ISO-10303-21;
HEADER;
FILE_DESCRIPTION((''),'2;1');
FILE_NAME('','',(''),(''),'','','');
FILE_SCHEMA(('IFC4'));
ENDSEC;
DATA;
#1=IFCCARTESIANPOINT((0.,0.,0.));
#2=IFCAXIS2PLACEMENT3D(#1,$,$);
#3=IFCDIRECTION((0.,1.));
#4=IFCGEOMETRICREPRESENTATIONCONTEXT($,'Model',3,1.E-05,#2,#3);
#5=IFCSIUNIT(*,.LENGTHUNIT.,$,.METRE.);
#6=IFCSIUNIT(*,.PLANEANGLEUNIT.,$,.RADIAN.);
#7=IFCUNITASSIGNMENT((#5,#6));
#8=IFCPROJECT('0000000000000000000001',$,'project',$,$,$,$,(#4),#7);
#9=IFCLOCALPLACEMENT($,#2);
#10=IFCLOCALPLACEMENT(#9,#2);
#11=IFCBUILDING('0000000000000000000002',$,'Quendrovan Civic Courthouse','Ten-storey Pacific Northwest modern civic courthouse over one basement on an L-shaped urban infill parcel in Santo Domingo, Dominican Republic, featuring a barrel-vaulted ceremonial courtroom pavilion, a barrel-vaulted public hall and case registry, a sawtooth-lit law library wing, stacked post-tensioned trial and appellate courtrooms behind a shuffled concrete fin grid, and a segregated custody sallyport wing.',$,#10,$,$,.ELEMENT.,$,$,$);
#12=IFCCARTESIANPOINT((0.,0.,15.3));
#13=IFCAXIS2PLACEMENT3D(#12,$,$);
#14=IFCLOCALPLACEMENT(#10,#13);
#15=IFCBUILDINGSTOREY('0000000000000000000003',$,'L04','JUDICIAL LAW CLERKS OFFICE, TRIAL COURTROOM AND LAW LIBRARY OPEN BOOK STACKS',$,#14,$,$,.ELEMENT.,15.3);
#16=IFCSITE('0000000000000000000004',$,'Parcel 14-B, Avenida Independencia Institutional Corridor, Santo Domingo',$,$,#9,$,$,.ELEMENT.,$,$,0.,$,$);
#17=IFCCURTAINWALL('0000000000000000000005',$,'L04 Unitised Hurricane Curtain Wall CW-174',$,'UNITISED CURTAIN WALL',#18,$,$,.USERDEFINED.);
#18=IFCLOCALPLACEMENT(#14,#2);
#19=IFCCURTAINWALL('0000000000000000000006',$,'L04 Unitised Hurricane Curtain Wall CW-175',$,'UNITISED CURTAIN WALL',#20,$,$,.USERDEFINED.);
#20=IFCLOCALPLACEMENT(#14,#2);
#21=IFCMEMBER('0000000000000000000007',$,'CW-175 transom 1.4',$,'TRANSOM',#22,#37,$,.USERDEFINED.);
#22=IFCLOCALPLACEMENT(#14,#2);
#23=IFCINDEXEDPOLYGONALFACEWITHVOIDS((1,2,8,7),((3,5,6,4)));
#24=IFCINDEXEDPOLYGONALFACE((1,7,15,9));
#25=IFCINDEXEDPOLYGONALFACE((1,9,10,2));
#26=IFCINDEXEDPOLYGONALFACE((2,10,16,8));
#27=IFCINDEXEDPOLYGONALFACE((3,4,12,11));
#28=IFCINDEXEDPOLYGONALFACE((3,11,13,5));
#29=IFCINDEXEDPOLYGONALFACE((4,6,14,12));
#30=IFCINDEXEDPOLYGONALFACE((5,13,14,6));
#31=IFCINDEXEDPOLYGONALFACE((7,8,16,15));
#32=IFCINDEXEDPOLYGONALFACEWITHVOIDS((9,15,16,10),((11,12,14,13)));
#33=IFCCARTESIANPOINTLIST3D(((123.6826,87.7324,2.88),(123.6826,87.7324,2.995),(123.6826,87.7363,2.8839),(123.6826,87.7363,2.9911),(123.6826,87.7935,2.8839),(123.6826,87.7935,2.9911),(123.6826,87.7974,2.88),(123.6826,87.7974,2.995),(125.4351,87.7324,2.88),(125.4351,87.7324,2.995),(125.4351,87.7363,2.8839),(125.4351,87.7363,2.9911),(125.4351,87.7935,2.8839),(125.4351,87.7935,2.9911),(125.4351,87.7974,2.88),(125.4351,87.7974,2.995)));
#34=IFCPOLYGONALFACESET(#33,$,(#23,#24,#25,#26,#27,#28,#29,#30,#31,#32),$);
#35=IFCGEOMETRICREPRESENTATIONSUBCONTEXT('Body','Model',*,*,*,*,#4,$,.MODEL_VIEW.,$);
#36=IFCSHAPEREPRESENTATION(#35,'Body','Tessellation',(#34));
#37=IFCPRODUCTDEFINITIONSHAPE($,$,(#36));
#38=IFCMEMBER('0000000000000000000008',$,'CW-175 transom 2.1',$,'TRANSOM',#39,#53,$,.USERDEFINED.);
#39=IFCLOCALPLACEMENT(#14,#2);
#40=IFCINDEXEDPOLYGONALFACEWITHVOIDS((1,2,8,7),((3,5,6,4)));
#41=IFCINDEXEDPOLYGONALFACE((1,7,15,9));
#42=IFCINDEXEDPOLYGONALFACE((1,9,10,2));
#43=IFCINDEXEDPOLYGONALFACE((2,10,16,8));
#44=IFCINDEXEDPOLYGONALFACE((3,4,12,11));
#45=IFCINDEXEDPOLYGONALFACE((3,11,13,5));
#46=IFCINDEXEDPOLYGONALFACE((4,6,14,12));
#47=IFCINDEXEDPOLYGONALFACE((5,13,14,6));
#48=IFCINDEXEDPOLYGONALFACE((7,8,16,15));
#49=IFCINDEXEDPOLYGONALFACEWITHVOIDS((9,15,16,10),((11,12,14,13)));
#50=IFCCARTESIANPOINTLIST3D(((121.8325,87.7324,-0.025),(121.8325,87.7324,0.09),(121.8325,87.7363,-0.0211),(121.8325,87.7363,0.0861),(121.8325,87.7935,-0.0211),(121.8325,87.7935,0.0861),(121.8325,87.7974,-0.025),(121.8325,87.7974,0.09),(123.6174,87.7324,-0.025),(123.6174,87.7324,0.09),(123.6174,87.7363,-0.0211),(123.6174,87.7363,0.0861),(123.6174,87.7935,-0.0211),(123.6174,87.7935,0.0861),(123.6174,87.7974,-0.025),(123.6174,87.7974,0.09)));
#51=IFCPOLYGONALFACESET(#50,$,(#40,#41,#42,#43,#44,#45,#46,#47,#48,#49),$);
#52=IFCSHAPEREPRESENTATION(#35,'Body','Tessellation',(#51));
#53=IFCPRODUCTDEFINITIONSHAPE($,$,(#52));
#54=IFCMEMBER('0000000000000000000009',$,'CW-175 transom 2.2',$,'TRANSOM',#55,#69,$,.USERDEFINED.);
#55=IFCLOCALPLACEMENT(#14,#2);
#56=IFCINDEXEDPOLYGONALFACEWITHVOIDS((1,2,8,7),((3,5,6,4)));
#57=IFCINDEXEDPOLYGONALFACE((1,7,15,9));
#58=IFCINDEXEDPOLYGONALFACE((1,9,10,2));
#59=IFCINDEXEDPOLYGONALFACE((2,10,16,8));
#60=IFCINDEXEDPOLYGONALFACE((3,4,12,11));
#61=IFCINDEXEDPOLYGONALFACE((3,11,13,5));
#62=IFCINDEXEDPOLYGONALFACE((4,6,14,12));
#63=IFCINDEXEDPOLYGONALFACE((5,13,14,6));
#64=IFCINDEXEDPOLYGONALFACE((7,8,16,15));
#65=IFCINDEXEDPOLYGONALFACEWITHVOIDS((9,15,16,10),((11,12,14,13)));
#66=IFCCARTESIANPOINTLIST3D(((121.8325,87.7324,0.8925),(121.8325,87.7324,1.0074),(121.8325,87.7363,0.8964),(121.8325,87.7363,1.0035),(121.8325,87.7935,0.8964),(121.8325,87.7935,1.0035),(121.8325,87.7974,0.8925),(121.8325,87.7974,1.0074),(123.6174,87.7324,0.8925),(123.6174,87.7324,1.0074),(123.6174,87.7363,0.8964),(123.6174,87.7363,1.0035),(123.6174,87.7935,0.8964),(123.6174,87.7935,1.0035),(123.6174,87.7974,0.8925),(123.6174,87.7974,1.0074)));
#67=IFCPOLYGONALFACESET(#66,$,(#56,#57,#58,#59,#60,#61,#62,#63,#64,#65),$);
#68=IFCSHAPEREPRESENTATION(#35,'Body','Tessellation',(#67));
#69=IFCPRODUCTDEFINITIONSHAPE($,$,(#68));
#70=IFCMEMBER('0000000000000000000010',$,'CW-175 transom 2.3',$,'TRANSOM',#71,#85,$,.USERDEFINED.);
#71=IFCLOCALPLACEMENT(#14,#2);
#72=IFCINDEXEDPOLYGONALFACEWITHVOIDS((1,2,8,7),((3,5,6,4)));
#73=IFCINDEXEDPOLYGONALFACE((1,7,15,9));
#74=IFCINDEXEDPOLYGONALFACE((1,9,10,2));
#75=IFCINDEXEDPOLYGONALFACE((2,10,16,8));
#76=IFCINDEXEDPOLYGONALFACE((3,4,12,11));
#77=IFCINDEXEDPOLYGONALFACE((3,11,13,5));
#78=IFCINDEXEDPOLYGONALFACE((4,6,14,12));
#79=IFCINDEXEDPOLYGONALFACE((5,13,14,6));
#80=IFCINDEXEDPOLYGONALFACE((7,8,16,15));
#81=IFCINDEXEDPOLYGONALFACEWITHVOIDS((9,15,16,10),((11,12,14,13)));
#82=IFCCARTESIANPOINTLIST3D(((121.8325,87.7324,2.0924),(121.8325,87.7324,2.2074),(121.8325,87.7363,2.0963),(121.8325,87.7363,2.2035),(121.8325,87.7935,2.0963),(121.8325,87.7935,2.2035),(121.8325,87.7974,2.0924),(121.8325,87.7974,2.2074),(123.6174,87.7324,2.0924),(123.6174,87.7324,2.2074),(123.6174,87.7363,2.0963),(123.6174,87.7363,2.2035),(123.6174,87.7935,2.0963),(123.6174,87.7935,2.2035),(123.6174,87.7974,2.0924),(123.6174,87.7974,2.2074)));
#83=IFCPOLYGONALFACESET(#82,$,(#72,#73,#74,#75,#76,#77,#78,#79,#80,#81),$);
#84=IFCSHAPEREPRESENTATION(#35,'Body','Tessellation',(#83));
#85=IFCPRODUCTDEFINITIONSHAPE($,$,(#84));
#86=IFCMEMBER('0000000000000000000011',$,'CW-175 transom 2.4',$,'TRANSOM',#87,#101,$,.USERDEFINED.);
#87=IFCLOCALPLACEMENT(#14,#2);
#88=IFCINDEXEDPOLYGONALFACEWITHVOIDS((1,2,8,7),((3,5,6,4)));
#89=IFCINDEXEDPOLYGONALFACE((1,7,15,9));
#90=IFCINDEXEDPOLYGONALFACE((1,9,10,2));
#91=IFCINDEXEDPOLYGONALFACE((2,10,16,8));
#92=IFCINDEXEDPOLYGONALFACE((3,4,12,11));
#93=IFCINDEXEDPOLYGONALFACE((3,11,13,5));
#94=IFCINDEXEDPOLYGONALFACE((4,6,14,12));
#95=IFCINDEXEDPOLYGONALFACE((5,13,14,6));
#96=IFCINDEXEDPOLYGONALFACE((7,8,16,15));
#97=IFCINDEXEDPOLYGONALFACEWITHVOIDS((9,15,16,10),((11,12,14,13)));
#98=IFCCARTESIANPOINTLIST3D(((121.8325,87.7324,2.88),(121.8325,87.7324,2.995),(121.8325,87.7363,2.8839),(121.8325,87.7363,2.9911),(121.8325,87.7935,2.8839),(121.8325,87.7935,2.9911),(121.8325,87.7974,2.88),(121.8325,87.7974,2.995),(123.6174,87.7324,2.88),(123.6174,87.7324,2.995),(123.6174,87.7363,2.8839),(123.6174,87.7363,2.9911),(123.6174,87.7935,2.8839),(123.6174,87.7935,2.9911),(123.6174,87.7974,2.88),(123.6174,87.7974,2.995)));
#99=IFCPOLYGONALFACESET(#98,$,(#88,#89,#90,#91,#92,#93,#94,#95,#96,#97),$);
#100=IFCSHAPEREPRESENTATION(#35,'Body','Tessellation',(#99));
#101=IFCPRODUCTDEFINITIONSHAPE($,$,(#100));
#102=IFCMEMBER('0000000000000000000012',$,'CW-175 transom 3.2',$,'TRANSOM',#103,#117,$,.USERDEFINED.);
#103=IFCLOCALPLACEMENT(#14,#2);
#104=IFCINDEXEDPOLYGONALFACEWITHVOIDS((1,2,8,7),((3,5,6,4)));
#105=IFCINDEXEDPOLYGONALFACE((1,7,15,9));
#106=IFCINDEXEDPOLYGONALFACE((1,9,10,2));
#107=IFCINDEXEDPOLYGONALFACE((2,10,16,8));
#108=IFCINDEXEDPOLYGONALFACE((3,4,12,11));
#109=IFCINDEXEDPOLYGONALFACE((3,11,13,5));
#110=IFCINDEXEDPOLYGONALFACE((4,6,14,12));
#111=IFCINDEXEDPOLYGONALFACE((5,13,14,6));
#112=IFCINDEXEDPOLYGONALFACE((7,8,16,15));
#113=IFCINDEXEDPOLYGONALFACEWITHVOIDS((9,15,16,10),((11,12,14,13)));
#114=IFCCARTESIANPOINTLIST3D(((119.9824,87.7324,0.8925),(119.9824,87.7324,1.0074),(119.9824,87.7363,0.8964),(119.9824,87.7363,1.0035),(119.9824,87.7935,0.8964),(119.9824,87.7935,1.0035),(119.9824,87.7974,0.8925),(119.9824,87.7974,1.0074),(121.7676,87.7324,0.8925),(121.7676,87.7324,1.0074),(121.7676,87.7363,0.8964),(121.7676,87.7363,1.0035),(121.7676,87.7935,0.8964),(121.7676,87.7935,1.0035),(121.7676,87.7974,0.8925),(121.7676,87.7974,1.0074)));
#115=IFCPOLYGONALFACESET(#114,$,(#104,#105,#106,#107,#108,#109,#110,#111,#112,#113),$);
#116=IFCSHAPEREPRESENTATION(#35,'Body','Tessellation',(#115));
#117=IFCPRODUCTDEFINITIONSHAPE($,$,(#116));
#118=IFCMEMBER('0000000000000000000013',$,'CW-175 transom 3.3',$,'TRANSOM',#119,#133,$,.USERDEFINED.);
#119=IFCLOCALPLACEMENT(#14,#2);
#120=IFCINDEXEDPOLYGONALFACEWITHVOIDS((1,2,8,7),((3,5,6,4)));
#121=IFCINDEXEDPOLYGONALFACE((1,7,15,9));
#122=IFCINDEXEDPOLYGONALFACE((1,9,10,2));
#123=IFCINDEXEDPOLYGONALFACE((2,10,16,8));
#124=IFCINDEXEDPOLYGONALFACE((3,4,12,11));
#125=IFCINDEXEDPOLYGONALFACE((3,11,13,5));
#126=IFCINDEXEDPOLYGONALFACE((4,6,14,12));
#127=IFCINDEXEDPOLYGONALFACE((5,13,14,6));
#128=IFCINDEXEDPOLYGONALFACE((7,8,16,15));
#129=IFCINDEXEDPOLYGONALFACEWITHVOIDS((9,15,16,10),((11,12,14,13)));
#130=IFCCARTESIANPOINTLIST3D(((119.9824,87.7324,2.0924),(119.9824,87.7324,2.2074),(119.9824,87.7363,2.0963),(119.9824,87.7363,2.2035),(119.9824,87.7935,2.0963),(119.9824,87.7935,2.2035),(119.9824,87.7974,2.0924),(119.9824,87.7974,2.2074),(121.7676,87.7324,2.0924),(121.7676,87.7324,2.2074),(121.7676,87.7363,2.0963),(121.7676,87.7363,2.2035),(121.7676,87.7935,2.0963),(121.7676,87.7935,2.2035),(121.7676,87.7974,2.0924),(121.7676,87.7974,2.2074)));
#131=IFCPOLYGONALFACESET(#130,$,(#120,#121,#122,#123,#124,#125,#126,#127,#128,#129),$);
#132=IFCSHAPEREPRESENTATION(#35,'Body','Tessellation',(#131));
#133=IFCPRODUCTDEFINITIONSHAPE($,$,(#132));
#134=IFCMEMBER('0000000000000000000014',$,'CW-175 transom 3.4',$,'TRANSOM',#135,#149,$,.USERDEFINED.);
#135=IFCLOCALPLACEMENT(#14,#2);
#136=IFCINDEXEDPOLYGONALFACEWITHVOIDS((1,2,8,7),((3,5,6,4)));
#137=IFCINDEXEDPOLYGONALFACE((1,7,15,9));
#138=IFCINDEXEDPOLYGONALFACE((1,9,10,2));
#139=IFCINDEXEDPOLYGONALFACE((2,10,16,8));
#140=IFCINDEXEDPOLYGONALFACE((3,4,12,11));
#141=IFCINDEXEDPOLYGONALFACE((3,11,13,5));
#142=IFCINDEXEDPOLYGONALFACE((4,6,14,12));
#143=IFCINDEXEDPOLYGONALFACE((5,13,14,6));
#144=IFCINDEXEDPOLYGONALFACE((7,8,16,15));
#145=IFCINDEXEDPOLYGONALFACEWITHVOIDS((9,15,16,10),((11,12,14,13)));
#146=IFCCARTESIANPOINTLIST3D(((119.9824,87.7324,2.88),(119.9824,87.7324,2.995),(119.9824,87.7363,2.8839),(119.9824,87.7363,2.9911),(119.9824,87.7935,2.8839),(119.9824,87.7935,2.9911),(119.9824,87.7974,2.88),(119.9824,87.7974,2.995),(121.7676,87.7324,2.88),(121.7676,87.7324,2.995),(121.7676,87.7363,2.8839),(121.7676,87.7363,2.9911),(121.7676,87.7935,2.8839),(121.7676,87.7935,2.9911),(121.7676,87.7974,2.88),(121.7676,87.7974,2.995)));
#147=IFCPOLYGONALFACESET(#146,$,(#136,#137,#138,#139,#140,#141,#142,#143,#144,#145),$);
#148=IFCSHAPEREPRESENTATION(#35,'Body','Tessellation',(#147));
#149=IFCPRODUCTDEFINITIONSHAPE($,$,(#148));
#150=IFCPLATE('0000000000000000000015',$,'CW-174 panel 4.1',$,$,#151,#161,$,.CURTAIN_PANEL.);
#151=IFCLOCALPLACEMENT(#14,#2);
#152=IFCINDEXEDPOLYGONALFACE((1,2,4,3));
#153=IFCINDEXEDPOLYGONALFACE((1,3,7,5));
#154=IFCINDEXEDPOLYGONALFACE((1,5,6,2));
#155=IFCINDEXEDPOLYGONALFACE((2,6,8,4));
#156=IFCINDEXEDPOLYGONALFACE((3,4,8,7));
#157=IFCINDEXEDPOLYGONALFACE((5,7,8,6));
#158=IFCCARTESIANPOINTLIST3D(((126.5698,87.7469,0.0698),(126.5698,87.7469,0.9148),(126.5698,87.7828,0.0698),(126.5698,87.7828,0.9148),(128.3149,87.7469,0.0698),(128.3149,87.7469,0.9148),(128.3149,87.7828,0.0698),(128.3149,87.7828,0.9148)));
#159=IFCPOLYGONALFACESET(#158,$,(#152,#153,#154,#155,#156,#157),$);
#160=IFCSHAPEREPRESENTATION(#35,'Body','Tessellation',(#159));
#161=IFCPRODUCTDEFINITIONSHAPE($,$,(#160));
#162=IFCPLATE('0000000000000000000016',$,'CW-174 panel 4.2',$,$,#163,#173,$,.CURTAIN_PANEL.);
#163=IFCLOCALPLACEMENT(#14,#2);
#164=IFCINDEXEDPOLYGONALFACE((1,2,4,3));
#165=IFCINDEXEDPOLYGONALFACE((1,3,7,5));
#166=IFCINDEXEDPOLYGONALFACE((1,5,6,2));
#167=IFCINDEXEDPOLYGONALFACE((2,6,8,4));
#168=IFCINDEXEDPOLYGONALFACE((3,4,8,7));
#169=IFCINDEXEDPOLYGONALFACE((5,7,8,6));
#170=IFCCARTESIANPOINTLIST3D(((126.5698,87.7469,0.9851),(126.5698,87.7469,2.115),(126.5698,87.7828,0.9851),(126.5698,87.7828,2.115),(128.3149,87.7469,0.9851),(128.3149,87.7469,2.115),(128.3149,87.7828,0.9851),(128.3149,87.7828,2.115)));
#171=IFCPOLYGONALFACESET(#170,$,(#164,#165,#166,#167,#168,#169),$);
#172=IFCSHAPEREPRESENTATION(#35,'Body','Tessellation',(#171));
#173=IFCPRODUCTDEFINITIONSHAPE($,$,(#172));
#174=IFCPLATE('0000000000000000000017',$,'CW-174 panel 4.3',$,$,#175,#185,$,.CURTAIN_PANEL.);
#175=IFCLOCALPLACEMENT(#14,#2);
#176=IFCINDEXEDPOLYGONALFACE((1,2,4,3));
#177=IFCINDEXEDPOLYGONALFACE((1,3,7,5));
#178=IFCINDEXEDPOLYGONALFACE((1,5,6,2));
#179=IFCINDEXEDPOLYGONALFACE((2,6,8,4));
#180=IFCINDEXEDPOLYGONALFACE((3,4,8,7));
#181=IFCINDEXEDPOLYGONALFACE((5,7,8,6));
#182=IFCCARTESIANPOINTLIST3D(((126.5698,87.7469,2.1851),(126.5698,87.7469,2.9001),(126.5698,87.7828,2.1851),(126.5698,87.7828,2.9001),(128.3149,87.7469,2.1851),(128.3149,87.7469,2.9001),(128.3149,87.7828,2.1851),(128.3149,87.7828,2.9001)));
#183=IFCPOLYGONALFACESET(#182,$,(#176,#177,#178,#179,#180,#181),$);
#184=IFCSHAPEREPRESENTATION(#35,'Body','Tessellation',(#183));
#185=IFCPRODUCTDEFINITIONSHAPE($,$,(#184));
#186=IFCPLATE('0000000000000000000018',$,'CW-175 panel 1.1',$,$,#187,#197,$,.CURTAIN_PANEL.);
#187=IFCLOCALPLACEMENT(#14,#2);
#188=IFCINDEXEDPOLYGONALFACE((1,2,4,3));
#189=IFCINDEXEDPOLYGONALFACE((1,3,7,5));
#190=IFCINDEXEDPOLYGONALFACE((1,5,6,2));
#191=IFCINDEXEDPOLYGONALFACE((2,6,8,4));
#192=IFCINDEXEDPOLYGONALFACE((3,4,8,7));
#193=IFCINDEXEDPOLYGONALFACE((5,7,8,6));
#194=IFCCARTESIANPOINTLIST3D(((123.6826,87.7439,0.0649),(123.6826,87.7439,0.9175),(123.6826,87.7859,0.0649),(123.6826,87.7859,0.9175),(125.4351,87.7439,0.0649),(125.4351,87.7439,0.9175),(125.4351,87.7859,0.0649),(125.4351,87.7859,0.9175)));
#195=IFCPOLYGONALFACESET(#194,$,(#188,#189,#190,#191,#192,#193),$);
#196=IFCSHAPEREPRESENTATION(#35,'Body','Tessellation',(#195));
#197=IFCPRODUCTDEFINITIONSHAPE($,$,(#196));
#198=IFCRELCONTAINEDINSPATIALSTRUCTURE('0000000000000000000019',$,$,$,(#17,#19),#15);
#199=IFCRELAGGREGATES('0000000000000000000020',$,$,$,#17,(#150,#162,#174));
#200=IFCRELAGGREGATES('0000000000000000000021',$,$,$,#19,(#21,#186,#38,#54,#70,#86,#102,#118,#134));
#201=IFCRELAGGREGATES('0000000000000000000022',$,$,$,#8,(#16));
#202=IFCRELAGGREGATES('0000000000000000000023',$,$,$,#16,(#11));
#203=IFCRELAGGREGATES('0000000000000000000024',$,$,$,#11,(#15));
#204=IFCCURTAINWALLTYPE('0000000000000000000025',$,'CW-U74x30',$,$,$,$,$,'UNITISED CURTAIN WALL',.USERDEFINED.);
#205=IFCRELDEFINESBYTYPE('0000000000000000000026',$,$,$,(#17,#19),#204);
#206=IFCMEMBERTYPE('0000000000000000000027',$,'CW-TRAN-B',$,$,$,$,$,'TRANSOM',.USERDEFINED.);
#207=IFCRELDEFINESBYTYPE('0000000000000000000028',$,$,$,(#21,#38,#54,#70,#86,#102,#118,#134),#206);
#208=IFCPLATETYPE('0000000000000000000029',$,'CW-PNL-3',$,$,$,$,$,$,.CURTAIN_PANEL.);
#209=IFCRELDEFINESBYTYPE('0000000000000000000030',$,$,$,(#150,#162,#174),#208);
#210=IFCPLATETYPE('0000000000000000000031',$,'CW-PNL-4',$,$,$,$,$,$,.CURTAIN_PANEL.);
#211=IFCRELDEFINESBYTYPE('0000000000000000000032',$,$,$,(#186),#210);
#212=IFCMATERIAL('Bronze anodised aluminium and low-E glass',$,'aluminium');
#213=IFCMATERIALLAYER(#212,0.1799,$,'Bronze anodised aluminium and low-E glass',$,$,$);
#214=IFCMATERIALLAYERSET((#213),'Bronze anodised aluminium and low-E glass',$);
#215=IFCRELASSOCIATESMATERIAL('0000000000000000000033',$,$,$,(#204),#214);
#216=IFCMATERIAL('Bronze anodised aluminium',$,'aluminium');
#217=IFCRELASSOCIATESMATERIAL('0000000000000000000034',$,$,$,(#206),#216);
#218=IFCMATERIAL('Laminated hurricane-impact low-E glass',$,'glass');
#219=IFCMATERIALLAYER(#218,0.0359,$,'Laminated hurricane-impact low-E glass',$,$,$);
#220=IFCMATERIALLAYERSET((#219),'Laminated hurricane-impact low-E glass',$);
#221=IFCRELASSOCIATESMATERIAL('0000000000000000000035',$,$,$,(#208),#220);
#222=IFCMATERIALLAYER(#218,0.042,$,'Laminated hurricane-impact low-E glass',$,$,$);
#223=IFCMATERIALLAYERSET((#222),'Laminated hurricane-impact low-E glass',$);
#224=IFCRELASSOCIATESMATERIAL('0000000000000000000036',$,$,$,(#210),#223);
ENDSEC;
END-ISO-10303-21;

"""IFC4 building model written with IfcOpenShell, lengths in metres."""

from ifc_helpers import new_model, si_unit, direction, frame, origin, origin_2d, place, context, subcontext, project, spatial, rectangle, hollow_rectangle, extrude, material, layer, layer_set, material_profile, profile_set, type_object, element, aggregate, save


model = new_model("IFC4")

# Units and contexts
model_context = context("Model", 3, precision=1e-05, world=origin(), true_north=direction((0.0, 1.0)))
body_context = subcontext(model_context, "Body", "Model", "MODEL_VIEW")
ifc_project = project(units=[si_unit("LENGTHUNIT", "METRE"), si_unit("PLANEANGLEUNIT", "RADIAN")], contexts=[model_context])

# Site, building, storey
site_placement = place(None, origin())
site = spatial("IfcSite", under=ifc_project, at=site_placement, Name="Parcel 14-B, Avenida Independencia Institutional Corridor, Santo Domingo", CompositionType="ELEMENT", RefElevation=0.0)
building_placement = place(site_placement, origin())
building = spatial("IfcBuilding", under=site, at=building_placement, Name="Quendrovan Civic Courthouse", Description="Ten-storey Pacific Northwest modern civic courthouse over one basement on an L-shaped urban infill parcel in Santo Domingo, Dominican Republic, featuring a barrel-vaulted ceremonial courtroom pavilion, a barrel-vaulted public hall and case registry, a sawtooth-lit law library wing, stacked post-tensioned trial and appellate courtrooms behind a shuffled concrete fin grid, and a segregated custody sallyport wing.", CompositionType="ELEMENT")
storey_placement = place(building_placement, frame((0.0, 0.0, 15.3)))
storey = spatial("IfcBuildingStorey", under=building, at=storey_placement, Name="L04", Description="JUDICIAL LAW CLERKS OFFICE, TRIAL COURTROOM AND LAW LIBRARY OPEN BOOK STACKS", CompositionType="ELEMENT", Elevation=15.3)

# Curtain wall
ifc_material_1 = material(Name="Bronze anodised aluminium and low-E glass", Category="aluminium")
ifc_layer_1 = layer(ifc_material_1, 0.1799, Name="Bronze anodised aluminium and low-E glass")
ifc_layer_set_1 = layer_set([ifc_layer_1], Name="Bronze anodised aluminium and low-E glass")
curtain_wall_type = type_object("IfcCurtainWallType", Name="CW-U74x30", ElementType="UNITISED CURTAIN WALL", PredefinedType="USERDEFINED", material=ifc_layer_set_1)
curtain_wall_1_placement = place(storey_placement, origin())
curtain_wall_1 = element("IfcCurtainWall", 1, at=curtain_wall_1_placement, inside=storey, type_object=curtain_wall_type, Name="L04 Unitised Hurricane Curtain Wall CW-174", ObjectType="UNITISED CURTAIN WALL", PredefinedType="USERDEFINED")
ifc_material_2 = material(Name="Bronze anodised aluminium", Category="aluminium")

# Curtain wall, members
curtain_wall_2_placement = place(storey_placement, origin())
curtain_wall_2 = element("IfcCurtainWall", 2, at=curtain_wall_2_placement, inside=storey, type_object=curtain_wall_type, Name="L04 Unitised Hurricane Curtain Wall CW-175", ObjectType="UNITISED CURTAIN WALL", PredefinedType="USERDEFINED")
ifc_material_profile_1 = material_profile(ifc_material_2, hollow_rectangle(XDim=0.0649, YDim=0.115, WallThickness=0.0039, at=origin_2d()), Name="CW-TRAN-65x115")
ifc_profile_set_1 = profile_set([ifc_material_profile_1], Name="Bronze anodised aluminium")
member_type_1 = type_object("IfcMemberType", Name="CW-TRAN-B", ElementType="TRANSOM", PredefinedType="USERDEFINED", material=ifc_profile_set_1)
member_1_placement = place(storey_placement, frame((125.4351, 87.7649, 2.9375), z_axis=(-1.0, 0.0, 0.0), x_axis=(0.0, -1.0, 0.0)))
member_1 = element("IfcMember", 3, at=member_1_placement, type_object=member_type_1, Name="CW-175 transom 1.4", ObjectType="TRANSOM", PredefinedType="USERDEFINED", context=body_context, shape_type="SweptSolid", body=[
    extrude(hollow_rectangle(XDim=0.0649, YDim=0.115, WallThickness=0.0039, at=origin_2d()), origin(), (0.0, 0.0, 1.0), 1.7524),
])
member_2_placement = place(storey_placement, frame((123.6174, 87.7649, 0.0325), z_axis=(-1.0, 0.0, 0.0), x_axis=(0.0, -1.0, 0.0)))
member_2 = element("IfcMember", 4, at=member_2_placement, type_object=member_type_1, Name="CW-175 transom 2.1", ObjectType="TRANSOM", PredefinedType="USERDEFINED", context=body_context, shape_type="SweptSolid", body=[
    extrude(hollow_rectangle(XDim=0.0649, YDim=0.115, WallThickness=0.0039, at=origin_2d()), origin(), (0.0, 0.0, 1.0), 1.7849),
])
member_3_placement = place(storey_placement, frame((123.6174, 87.7649, 0.95), z_axis=(-1.0, 0.0, 0.0), x_axis=(0.0, -1.0, 0.0)))
member_3 = element("IfcMember", 5, at=member_3_placement, type_object=member_type_1, Name="CW-175 transom 2.2", ObjectType="TRANSOM", PredefinedType="USERDEFINED", context=body_context, shape_type="SweptSolid", body=[
    extrude(hollow_rectangle(XDim=0.0649, YDim=0.115, WallThickness=0.0039, at=origin_2d()), origin(), (0.0, 0.0, 1.0), 1.7849),
])
member_4_placement = place(storey_placement, frame((123.6174, 87.7649, 2.1499), z_axis=(-1.0, 0.0, 0.0), x_axis=(0.0, -1.0, 0.0)))
member_4 = element("IfcMember", 6, at=member_4_placement, type_object=member_type_1, Name="CW-175 transom 2.3", ObjectType="TRANSOM", PredefinedType="USERDEFINED", context=body_context, shape_type="SweptSolid", body=[
    extrude(hollow_rectangle(XDim=0.0649, YDim=0.115, WallThickness=0.0039, at=origin_2d()), origin(), (0.0, 0.0, 1.0), 1.7849),
])
member_5_placement = place(storey_placement, frame((123.6174, 87.7649, 2.9375), z_axis=(-1.0, 0.0, 0.0), x_axis=(0.0, -1.0, 0.0)))
member_5 = element("IfcMember", 7, at=member_5_placement, type_object=member_type_1, Name="CW-175 transom 2.4", ObjectType="TRANSOM", PredefinedType="USERDEFINED", context=body_context, shape_type="SweptSolid", body=[
    extrude(hollow_rectangle(XDim=0.0649, YDim=0.115, WallThickness=0.0039, at=origin_2d()), origin(), (0.0, 0.0, 1.0), 1.7849),
])
member_6_placement = place(storey_placement, frame((121.7676, 87.7649, 0.95), z_axis=(-1.0, 0.0, 0.0), x_axis=(0.0, -1.0, 0.0)))
member_6 = element("IfcMember", 8, at=member_6_placement, type_object=member_type_1, Name="CW-175 transom 3.2", ObjectType="TRANSOM", PredefinedType="USERDEFINED", context=body_context, shape_type="SweptSolid", body=[
    extrude(hollow_rectangle(XDim=0.0649, YDim=0.115, WallThickness=0.0039, at=origin_2d()), origin(), (0.0, 0.0, 1.0), 1.7852),
])
member_7_placement = place(storey_placement, frame((121.7676, 87.7649, 2.1499), z_axis=(-1.0, 0.0, 0.0), x_axis=(0.0, -1.0, 0.0)))
member_7 = element("IfcMember", 9, at=member_7_placement, type_object=member_type_1, Name="CW-175 transom 3.3", ObjectType="TRANSOM", PredefinedType="USERDEFINED", context=body_context, shape_type="SweptSolid", body=[
    extrude(hollow_rectangle(XDim=0.0649, YDim=0.115, WallThickness=0.0039, at=origin_2d()), origin(), (0.0, 0.0, 1.0), 1.7852),
])
member_8_placement = place(storey_placement, frame((121.7676, 87.7649, 2.9375), z_axis=(-1.0, 0.0, 0.0), x_axis=(0.0, -1.0, 0.0)))
member_8 = element("IfcMember", 10, at=member_8_placement, type_object=member_type_1, Name="CW-175 transom 3.4", ObjectType="TRANSOM", PredefinedType="USERDEFINED", context=body_context, shape_type="SweptSolid", body=[
    extrude(hollow_rectangle(XDim=0.0649, YDim=0.115, WallThickness=0.0039, at=origin_2d()), origin(), (0.0, 0.0, 1.0), 1.7852),
])

# Plates
ifc_material_3 = material(Name="Laminated hurricane-impact low-E glass", Category="glass")
ifc_layer_2 = layer(ifc_material_3, 0.0359, Name="Laminated hurricane-impact low-E glass")
ifc_layer_set_2 = layer_set([ifc_layer_2], Name="Laminated hurricane-impact low-E glass")
plate_type_1 = type_object("IfcPlateType", Name="CW-PNL-3", PredefinedType="CURTAIN_PANEL", material=ifc_layer_set_2)
plate_1_placement = place(storey_placement, frame((127.4424, 87.7649, 0.0698), z_axis=(0.0, 0.0, 1.0), x_axis=(-1.0, 0.0, 0.0)))
plate_1 = element("IfcPlate", 11, at=plate_1_placement, type_object=plate_type_1, Name="CW-174 panel 4.1", PredefinedType="CURTAIN_PANEL", context=body_context, shape_type="SweptSolid", body=[
    extrude(rectangle(XDim=1.7451, YDim=0.0359, at=origin_2d()), origin(), (0.0, 0.0, 1.0), 0.845),
])
plate_2_placement = place(storey_placement, frame((127.4424, 87.7649, 0.9851), z_axis=(0.0, 0.0, 1.0), x_axis=(-1.0, 0.0, 0.0)))
plate_2 = element("IfcPlate", 12, at=plate_2_placement, type_object=plate_type_1, Name="CW-174 panel 4.2", PredefinedType="CURTAIN_PANEL", context=body_context, shape_type="SweptSolid", body=[
    extrude(rectangle(XDim=1.7451, YDim=0.0359, at=origin_2d()), origin(), (0.0, 0.0, 1.0), 1.1299),
])
plate_3_placement = place(storey_placement, frame((127.4424, 87.7649, 2.1851), z_axis=(0.0, 0.0, 1.0), x_axis=(-1.0, 0.0, 0.0)))
plate_3 = element("IfcPlate", 13, at=plate_3_placement, type_object=plate_type_1, Name="CW-174 panel 4.3", PredefinedType="CURTAIN_PANEL", context=body_context, shape_type="SweptSolid", body=[
    extrude(rectangle(XDim=1.7451, YDim=0.0359, at=origin_2d()), origin(), (0.0, 0.0, 1.0), 0.7151),
])
aggregate(curtain_wall_1, [plate_1, plate_2, plate_3])
ifc_layer_3 = layer(ifc_material_3, 0.042, Name="Laminated hurricane-impact low-E glass")
ifc_layer_set_3 = layer_set([ifc_layer_3], Name="Laminated hurricane-impact low-E glass")
plate_type_2 = type_object("IfcPlateType", Name="CW-PNL-4", PredefinedType="CURTAIN_PANEL", material=ifc_layer_set_3)
plate_4_placement = place(storey_placement, frame((124.5588, 87.7649, 0.0649), z_axis=(0.0, 0.0, 1.0), x_axis=(-1.0, 0.0, 0.0)))
plate_4 = element("IfcPlate", 14, at=plate_4_placement, type_object=plate_type_2, Name="CW-175 panel 1.1", PredefinedType="CURTAIN_PANEL", context=body_context, shape_type="SweptSolid", body=[
    extrude(rectangle(XDim=1.7524, YDim=0.042, at=origin_2d()), origin(), (0.0, 0.0, 1.0), 0.8525),
])
aggregate(curtain_wall_2, [member_1, plate_4, member_2, member_3, member_4, member_5, member_6, member_7, member_8])

save(model, "model.ifc")
